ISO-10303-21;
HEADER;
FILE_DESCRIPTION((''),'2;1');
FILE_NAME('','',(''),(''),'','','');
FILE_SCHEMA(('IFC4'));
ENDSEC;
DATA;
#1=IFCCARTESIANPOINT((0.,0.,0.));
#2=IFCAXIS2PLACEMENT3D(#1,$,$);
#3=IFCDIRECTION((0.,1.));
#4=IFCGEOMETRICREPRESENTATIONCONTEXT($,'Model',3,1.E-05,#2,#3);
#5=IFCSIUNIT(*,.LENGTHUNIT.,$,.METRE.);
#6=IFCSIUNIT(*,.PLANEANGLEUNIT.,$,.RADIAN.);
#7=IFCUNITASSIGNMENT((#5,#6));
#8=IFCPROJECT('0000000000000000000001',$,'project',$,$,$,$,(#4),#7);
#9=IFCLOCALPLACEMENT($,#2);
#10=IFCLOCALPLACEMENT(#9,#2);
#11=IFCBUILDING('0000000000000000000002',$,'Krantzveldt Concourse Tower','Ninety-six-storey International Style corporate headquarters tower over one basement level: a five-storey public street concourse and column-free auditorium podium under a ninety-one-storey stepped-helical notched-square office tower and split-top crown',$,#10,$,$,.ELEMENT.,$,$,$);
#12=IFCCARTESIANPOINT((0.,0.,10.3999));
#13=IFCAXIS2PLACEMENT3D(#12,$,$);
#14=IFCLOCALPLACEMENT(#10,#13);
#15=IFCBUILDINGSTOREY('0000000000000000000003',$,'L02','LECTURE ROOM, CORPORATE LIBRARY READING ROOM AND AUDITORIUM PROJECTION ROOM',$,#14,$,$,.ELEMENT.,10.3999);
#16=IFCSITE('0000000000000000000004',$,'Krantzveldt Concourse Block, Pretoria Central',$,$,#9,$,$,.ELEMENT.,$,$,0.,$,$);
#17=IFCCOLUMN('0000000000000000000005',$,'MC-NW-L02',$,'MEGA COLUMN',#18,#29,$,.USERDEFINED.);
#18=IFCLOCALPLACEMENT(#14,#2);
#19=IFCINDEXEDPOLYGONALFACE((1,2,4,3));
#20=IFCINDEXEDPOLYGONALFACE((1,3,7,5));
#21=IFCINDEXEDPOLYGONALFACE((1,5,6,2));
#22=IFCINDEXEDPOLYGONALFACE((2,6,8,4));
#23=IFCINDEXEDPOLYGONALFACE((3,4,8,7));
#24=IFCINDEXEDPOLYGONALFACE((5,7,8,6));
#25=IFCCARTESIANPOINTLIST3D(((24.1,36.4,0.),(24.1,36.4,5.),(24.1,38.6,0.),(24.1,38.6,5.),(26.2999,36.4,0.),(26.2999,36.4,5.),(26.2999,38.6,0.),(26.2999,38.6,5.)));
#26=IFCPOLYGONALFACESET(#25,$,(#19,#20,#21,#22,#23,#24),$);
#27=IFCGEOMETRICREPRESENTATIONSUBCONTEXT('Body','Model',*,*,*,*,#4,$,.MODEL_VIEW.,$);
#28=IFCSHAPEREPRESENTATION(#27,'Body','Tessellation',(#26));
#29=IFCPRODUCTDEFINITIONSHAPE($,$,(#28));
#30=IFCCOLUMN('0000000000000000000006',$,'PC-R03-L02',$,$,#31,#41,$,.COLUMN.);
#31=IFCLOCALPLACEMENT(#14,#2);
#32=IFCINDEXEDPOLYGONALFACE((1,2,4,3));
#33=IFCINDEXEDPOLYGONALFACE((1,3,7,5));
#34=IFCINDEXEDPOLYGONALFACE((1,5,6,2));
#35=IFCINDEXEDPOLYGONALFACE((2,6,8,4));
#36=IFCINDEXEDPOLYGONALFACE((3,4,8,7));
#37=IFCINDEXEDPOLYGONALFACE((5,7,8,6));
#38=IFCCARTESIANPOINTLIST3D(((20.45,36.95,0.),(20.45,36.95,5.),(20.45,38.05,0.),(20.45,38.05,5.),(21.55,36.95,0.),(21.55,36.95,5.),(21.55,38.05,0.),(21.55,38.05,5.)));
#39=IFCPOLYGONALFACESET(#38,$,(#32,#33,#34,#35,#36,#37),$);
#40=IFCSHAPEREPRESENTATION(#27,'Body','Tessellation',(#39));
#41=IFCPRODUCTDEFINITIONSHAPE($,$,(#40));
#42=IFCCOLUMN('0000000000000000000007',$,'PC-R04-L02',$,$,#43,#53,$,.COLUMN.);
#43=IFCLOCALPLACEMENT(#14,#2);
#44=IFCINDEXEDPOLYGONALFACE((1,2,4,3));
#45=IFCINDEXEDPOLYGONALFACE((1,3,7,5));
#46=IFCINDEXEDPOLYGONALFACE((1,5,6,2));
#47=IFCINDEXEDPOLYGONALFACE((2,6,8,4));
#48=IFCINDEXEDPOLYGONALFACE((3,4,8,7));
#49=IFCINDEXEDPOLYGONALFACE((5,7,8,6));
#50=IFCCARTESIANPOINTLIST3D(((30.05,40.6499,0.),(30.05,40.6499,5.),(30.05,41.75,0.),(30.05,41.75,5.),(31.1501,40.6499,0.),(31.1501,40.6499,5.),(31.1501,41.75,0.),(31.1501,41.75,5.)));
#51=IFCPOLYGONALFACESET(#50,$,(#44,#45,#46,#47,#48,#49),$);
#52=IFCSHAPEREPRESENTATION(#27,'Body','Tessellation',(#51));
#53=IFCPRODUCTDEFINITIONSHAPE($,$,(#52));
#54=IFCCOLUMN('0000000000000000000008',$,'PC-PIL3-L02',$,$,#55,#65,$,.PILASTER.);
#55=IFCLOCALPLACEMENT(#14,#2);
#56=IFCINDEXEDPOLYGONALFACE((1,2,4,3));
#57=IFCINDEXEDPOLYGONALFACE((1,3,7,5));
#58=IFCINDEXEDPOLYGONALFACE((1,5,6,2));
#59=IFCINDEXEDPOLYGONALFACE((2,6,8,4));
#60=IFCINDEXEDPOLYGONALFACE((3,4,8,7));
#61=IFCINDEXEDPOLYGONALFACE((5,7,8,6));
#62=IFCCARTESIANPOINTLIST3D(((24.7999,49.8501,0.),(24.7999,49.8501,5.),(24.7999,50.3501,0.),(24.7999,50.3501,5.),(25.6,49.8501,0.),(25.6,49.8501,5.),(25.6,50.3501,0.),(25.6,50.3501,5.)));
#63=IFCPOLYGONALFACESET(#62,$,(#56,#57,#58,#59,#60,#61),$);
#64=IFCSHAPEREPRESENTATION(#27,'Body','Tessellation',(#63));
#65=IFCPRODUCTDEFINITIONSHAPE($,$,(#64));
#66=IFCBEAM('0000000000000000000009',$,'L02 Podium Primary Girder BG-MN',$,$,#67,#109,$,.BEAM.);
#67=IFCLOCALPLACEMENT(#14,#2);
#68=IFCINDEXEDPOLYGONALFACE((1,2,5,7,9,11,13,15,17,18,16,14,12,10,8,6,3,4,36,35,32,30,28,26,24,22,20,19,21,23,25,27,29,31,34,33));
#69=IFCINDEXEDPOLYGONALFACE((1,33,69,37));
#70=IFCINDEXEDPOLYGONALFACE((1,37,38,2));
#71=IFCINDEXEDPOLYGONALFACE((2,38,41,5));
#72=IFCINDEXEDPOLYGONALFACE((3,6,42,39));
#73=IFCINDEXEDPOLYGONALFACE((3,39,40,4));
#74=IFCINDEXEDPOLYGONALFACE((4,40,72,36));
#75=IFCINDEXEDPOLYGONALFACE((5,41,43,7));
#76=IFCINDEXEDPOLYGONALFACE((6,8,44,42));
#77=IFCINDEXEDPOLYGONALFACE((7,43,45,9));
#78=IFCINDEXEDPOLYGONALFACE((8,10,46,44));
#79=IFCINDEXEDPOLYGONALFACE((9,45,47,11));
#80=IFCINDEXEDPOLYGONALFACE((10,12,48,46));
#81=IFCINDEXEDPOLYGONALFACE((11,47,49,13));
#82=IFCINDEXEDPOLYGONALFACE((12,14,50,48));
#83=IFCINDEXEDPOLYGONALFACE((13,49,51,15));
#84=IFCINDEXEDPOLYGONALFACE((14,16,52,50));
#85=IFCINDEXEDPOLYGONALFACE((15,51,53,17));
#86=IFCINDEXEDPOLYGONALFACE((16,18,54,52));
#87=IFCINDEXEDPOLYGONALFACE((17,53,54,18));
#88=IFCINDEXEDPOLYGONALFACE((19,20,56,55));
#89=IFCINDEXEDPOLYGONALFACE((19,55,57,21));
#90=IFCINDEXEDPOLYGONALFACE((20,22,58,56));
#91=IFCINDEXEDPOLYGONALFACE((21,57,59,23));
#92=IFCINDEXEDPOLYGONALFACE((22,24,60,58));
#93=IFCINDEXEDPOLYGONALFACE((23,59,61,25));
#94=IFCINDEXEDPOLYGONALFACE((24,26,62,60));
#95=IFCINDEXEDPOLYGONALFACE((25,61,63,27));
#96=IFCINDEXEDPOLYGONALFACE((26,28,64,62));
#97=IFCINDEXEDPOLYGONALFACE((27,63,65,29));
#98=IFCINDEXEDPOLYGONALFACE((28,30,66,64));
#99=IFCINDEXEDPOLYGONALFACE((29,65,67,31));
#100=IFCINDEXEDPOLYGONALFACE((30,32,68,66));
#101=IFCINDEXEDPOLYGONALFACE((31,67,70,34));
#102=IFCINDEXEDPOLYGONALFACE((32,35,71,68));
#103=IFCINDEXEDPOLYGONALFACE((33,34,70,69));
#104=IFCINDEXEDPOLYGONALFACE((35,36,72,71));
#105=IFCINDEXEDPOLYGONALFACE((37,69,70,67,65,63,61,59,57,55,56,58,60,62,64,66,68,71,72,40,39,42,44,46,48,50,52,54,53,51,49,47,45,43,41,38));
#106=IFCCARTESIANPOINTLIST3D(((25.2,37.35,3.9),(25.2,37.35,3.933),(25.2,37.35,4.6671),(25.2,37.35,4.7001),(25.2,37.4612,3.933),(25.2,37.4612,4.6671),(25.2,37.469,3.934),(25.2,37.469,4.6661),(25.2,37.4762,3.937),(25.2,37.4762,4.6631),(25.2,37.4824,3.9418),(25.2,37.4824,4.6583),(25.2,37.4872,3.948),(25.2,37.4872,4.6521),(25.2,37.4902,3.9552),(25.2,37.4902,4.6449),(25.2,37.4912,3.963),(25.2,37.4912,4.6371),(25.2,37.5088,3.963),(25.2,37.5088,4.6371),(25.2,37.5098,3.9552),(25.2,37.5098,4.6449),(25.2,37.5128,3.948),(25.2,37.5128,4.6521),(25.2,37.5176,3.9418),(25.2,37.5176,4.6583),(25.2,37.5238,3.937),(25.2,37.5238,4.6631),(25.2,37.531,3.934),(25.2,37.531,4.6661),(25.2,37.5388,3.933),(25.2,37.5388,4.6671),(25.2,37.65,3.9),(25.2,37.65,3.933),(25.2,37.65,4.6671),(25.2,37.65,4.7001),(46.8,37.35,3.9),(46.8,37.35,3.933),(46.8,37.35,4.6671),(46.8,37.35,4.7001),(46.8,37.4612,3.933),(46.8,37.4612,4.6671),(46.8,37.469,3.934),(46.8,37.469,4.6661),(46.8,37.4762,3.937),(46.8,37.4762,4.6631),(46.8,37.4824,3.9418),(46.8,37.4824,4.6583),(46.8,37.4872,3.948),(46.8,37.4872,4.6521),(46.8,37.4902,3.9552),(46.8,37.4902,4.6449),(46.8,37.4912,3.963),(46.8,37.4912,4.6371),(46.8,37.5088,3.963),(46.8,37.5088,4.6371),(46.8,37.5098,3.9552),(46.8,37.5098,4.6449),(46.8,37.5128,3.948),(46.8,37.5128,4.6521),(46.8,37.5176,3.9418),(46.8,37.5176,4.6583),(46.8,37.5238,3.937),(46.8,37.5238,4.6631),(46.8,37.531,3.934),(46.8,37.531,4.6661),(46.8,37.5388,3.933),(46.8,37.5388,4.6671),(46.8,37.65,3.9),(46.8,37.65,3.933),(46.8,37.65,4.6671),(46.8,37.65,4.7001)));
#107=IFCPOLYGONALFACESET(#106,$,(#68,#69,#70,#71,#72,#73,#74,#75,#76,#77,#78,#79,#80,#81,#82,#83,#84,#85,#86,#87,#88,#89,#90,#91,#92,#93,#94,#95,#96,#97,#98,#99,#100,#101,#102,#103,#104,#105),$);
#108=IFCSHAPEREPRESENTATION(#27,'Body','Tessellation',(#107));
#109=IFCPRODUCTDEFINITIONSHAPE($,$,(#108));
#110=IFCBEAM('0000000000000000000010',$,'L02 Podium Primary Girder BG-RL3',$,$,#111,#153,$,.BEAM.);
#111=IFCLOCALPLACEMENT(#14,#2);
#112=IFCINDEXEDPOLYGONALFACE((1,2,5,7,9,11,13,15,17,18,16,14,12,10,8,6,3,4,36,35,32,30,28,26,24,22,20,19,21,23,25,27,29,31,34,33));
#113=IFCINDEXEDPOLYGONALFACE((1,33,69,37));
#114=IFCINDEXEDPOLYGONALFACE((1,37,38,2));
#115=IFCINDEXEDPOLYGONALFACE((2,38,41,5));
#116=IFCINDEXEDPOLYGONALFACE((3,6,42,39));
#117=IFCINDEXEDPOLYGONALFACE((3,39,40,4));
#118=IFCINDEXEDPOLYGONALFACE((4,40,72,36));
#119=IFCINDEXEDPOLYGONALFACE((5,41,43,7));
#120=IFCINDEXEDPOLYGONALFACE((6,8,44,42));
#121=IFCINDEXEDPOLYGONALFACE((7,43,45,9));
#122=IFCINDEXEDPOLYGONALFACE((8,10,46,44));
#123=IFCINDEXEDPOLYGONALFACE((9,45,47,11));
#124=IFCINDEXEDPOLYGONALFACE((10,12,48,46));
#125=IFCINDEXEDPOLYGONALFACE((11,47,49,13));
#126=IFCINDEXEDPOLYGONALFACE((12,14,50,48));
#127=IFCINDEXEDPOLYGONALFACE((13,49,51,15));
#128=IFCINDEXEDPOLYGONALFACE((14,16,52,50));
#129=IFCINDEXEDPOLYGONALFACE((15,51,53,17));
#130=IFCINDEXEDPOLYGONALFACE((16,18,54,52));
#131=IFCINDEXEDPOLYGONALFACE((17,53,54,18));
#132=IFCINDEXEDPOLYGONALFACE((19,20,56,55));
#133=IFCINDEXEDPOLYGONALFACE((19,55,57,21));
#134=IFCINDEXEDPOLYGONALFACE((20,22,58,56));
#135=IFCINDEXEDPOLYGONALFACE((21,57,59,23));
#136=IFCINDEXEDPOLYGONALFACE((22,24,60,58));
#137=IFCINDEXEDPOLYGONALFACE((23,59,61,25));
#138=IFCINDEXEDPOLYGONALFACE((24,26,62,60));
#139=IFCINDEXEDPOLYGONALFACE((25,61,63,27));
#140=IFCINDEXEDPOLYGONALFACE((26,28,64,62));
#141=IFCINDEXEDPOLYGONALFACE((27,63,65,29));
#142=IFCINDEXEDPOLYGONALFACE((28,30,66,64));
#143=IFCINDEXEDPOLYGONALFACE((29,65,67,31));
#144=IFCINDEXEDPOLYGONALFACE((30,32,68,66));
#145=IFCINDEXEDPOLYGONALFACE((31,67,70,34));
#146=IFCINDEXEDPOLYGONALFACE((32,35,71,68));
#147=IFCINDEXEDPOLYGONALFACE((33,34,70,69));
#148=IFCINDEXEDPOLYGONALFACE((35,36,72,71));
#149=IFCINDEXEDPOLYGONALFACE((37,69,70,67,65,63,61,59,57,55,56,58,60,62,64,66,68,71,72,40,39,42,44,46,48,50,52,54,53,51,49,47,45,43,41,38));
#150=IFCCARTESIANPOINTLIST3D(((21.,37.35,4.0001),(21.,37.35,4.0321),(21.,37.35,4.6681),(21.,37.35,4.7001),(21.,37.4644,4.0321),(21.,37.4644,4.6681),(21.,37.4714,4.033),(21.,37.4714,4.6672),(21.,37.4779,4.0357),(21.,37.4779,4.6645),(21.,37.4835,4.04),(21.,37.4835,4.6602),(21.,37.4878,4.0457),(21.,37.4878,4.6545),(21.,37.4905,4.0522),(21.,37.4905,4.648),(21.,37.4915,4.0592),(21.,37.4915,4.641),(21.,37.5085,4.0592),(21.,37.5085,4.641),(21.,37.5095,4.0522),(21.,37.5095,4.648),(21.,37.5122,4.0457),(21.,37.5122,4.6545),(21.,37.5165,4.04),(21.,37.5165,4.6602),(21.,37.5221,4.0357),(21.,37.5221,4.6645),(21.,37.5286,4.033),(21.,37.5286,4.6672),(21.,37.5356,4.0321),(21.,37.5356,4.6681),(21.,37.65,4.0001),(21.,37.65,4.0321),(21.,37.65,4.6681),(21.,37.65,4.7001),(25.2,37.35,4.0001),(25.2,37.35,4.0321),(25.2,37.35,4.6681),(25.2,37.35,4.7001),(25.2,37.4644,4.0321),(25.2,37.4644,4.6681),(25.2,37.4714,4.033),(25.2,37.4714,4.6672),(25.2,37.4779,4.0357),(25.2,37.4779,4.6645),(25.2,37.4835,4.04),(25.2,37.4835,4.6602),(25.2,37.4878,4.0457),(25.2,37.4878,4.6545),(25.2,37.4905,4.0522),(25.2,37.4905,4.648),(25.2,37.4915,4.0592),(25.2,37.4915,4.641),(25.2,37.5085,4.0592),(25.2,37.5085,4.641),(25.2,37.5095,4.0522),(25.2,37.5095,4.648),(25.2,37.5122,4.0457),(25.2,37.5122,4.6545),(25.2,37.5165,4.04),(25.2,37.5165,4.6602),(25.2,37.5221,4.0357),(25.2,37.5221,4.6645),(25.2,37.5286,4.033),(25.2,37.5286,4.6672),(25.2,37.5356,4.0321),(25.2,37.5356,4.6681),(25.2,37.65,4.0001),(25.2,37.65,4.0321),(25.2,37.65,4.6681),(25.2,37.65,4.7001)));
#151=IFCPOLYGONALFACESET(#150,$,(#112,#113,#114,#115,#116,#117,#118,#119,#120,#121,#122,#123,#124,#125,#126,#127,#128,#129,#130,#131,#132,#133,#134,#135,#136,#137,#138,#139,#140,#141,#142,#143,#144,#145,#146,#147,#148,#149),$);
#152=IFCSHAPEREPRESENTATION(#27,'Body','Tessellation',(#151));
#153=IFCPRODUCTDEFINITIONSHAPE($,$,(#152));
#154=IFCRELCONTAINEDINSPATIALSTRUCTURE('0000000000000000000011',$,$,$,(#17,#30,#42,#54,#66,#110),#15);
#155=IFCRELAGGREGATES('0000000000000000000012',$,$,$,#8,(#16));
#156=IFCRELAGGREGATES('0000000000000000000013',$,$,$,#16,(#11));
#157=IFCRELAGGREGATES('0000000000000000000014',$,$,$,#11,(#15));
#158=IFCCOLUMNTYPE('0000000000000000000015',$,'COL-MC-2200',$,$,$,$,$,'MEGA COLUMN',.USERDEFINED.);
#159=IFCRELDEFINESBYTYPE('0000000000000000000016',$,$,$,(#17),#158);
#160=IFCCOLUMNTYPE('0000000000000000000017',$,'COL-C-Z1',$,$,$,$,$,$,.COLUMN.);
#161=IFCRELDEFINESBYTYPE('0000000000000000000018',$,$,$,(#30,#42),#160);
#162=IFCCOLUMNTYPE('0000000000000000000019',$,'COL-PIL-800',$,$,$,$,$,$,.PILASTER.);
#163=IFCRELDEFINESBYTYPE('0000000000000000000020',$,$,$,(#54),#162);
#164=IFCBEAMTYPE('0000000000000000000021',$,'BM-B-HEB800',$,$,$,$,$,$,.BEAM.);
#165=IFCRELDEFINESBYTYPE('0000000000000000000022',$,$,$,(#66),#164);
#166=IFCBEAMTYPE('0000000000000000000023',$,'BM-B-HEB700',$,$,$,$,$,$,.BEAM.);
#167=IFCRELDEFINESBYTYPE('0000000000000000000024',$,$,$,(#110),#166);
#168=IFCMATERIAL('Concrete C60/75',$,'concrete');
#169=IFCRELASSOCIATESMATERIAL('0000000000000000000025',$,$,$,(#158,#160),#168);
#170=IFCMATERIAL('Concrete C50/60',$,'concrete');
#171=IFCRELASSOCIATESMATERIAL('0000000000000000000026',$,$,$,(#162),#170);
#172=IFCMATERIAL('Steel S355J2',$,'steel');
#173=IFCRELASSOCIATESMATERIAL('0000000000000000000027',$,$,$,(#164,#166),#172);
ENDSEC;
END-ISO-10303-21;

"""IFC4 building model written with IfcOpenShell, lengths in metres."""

from ifc_helpers import new_model, si_unit, direction, frame, origin, origin_2d, place, context, subcontext, project, spatial, rectangle, i_section, extrude, source, transform, mapped, material, material_profile, profile_set, type_object, type_shapes, element, save


model = new_model("IFC4")

# Units and contexts
model_context = context("Model", 3, precision=1e-05, world=origin(), true_north=direction((0.0, 1.0)))
body_context = subcontext(model_context, "Body", "Model", "MODEL_VIEW")
ifc_project = project(units=[si_unit("LENGTHUNIT", "METRE"), si_unit("PLANEANGLEUNIT", "RADIAN")], contexts=[model_context])

# Site, building, storey
site_placement = place(None, origin())
site = spatial("IfcSite", under=ifc_project, at=site_placement, Name="Krantzveldt Concourse Block, Pretoria Central", CompositionType="ELEMENT", RefElevation=0.0)
building_placement = place(site_placement, origin())
building = spatial("IfcBuilding", under=site, at=building_placement, Name="Krantzveldt Concourse Tower", Description="Ninety-six-storey International Style corporate headquarters tower over one basement level: a five-storey public street concourse and column-free auditorium podium under a ninety-one-storey stepped-helical notched-square office tower and split-top crown", CompositionType="ELEMENT")
storey_placement = place(building_placement, frame((0.0, 0.0, 10.3999)))
storey = spatial("IfcBuildingStorey", under=building, at=storey_placement, Name="L02", Description="LECTURE ROOM, CORPORATE LIBRARY READING ROOM AND AUDITORIUM PROJECTION ROOM", CompositionType="ELEMENT", Elevation=10.3999)

# Columns
ifc_material_1 = material(Name="Concrete C60/75", Category="concrete")
ifc_material_profile_1 = material_profile(ifc_material_1, rectangle(XDim=2.2, YDim=2.2, at=origin_2d()), Name="Concrete C60/75", Category="concrete")
ifc_profile_set_1 = profile_set([ifc_material_profile_1], Name="Concrete C60/75 - RC 2200x2200")
column_type_1 = type_object("IfcColumnType", Name="COL-MC-2200", ElementType="MEGA COLUMN", PredefinedType="USERDEFINED", material=ifc_profile_set_1)
shared_shape_1 = source(origin(), body_context, "Body", "SweptSolid", [
    extrude(rectangle(XDim=2.2, YDim=2.2, at=origin_2d()), origin(), (0.0, 0.0, 1.0), 5.0),
])
type_shapes(column_type_1, [shared_shape_1])
column_1_placement = place(storey_placement, frame((25.2, 37.5, 0.0), z_axis=(0.0, 0.0, 1.0), x_axis=(1.0, 0.0, 0.0)))
element("IfcColumn", 1, at=column_1_placement, inside=storey, type_object=column_type_1, Name="MC-NW-L02", ObjectType="MEGA COLUMN", PredefinedType="USERDEFINED", context=body_context, shape_type="MappedRepresentation", body=[
    mapped(shared_shape_1, transform((0.0, 0.0, 0.0), x_axis=(1.0, 0.0, 0.0), y_axis=(0.0, 1.0, 0.0), z_axis=(0.0, 0.0, 1.0), scale=1.0)),
])
ifc_material_profile_2 = material_profile(ifc_material_1, rectangle(XDim=1.1001, YDim=1.1001, at=origin_2d()), Name="Concrete C60/75", Category="concrete")
ifc_profile_set_2 = profile_set([ifc_material_profile_2], Name="Concrete C60/75 - RC 1100x1100")
column_type_2 = type_object("IfcColumnType", Name="COL-C-Z1", PredefinedType="COLUMN", material=ifc_profile_set_2)
shared_shape_2 = source(origin(), body_context, "Body", "SweptSolid", [
    extrude(rectangle(XDim=1.1001, YDim=1.1001, at=origin_2d()), origin(), (0.0, 0.0, 1.0), 5.0),
])
type_shapes(column_type_2, [shared_shape_2])
for number, where, z_axis, x_axis, name in (
    (2, (21.0, 37.5, 0.0), (0.0, 0.0, 1.0), (1.0, 0.0, 0.0), "PC-R03-L02"),
    (3, (30.6001, 41.2, 0.0), (0.0, 0.0, 1.0), (1.0, 0.0, 0.0), "PC-R04-L02"),
):
    element("IfcColumn", number, at=place(storey_placement, frame(where, z_axis=z_axis, x_axis=x_axis)), inside=storey, type_object=column_type_2, Name=name, PredefinedType="COLUMN", context=body_context, shape_type="MappedRepresentation", body=[
        mapped(shared_shape_2, transform((0.0, 0.0, 0.0), x_axis=(1.0, 0.0, 0.0), y_axis=(0.0, 1.0, 0.0), z_axis=(0.0, 0.0, 1.0), scale=1.0)),
    ])
ifc_material_2 = material(Name="Concrete C50/60", Category="concrete")
ifc_material_profile_3 = material_profile(ifc_material_2, rectangle(XDim=0.8, YDim=0.5, at=origin_2d()), Name="Concrete C50/60", Category="concrete")
ifc_profile_set_3 = profile_set([ifc_material_profile_3], Name="Concrete C50/60 - RC-PIL 800x500")
column_type_3 = type_object("IfcColumnType", Name="COL-PIL-800", PredefinedType="PILASTER", material=ifc_profile_set_3)
shared_shape_3 = source(origin(), body_context, "Body", "SweptSolid", [
    extrude(rectangle(XDim=0.8, YDim=0.5, at=origin_2d()), origin(), (0.0, 0.0, 1.0), 5.0),
])
type_shapes(column_type_3, [shared_shape_3])
column_2_placement = place(storey_placement, frame((25.2, 50.1001, 0.0), z_axis=(0.0, 0.0, 1.0), x_axis=(1.0, 0.0, 0.0)))
element("IfcColumn", 4, at=column_2_placement, inside=storey, type_object=column_type_3, Name="PC-PIL3-L02", PredefinedType="PILASTER", context=body_context, shape_type="MappedRepresentation", body=[
    mapped(shared_shape_3, transform((0.0, 0.0, 0.0), x_axis=(1.0, 0.0, 0.0), y_axis=(0.0, 1.0, 0.0), z_axis=(0.0, 0.0, 1.0), scale=1.0)),
])

# Beams
ifc_material_3 = material(Name="Steel S355J2", Category="steel")
ifc_material_profile_4 = material_profile(ifc_material_3, i_section(OverallWidth=0.3, OverallDepth=0.8, WebThickness=0.0176, FlangeThickness=0.033, FilletRadius=0.03, at=origin_2d()), Name="Steel S355J2", Category="steel")
ifc_profile_set_4 = profile_set([ifc_material_profile_4], Name="Steel S355J2 - HEB 800")
beam_type_1 = type_object("IfcBeamType", Name="BM-B-HEB800", PredefinedType="BEAM", material=ifc_profile_set_4)
shared_shape_4 = source(origin(), body_context, "Body", "SweptSolid", [
    extrude(i_section(OverallWidth=0.3, OverallDepth=0.8, WebThickness=0.0176, FlangeThickness=0.033, FilletRadius=0.03, at=origin_2d()), origin(), (0.0, 0.0, 1.0), 21.6001),
])
type_shapes(beam_type_1, [shared_shape_4])
beam_1_placement = place(storey_placement, frame((25.2, 37.5, 4.3), z_axis=(1.0, 0.0, 0.0), x_axis=(0.0, 1.0, 0.0)))
element("IfcBeam", 5, at=beam_1_placement, inside=storey, type_object=beam_type_1, Name="L02 Podium Primary Girder BG-MN", PredefinedType="BEAM", context=body_context, shape_type="MappedRepresentation", body=[
    mapped(shared_shape_4, transform((0.0, 0.0, 0.0), x_axis=(1.0, 0.0, 0.0), y_axis=(0.0, 1.0, 0.0), z_axis=(0.0, 0.0, 1.0), scale=1.0)),
])
ifc_material_profile_5 = material_profile(ifc_material_3, i_section(OverallWidth=0.3, OverallDepth=0.7, WebThickness=0.0171, FlangeThickness=0.032, FilletRadius=0.0271, at=origin_2d()), Name="Steel S355J2", Category="steel")
ifc_profile_set_5 = profile_set([ifc_material_profile_5], Name="Steel S355J2 - HEB 700")
beam_type_2 = type_object("IfcBeamType", Name="BM-B-HEB700", PredefinedType="BEAM", material=ifc_profile_set_5)
shared_shape_5 = source(origin(), body_context, "Body", "SweptSolid", [
    extrude(i_section(OverallWidth=0.3, OverallDepth=0.7, WebThickness=0.0171, FlangeThickness=0.032, FilletRadius=0.0271, at=origin_2d()), origin(), (0.0, 0.0, 1.0), 4.2),
])
type_shapes(beam_type_2, [shared_shape_5])
beam_2_placement = place(storey_placement, frame((21.0, 37.5, 4.3501), z_axis=(1.0, 0.0, 0.0), x_axis=(0.0, 1.0, 0.0)))
element("IfcBeam", 6, at=beam_2_placement, inside=storey, type_object=beam_type_2, Name="L02 Podium Primary Girder BG-RL3", PredefinedType="BEAM", context=body_context, shape_type="MappedRepresentation", body=[
    mapped(shared_shape_5, transform((0.0, 0.0, 0.0), x_axis=(1.0, 0.0, 0.0), y_axis=(0.0, 1.0, 0.0), z_axis=(0.0, 0.0, 1.0), scale=1.0)),
])

save(model, "model.ifc")
